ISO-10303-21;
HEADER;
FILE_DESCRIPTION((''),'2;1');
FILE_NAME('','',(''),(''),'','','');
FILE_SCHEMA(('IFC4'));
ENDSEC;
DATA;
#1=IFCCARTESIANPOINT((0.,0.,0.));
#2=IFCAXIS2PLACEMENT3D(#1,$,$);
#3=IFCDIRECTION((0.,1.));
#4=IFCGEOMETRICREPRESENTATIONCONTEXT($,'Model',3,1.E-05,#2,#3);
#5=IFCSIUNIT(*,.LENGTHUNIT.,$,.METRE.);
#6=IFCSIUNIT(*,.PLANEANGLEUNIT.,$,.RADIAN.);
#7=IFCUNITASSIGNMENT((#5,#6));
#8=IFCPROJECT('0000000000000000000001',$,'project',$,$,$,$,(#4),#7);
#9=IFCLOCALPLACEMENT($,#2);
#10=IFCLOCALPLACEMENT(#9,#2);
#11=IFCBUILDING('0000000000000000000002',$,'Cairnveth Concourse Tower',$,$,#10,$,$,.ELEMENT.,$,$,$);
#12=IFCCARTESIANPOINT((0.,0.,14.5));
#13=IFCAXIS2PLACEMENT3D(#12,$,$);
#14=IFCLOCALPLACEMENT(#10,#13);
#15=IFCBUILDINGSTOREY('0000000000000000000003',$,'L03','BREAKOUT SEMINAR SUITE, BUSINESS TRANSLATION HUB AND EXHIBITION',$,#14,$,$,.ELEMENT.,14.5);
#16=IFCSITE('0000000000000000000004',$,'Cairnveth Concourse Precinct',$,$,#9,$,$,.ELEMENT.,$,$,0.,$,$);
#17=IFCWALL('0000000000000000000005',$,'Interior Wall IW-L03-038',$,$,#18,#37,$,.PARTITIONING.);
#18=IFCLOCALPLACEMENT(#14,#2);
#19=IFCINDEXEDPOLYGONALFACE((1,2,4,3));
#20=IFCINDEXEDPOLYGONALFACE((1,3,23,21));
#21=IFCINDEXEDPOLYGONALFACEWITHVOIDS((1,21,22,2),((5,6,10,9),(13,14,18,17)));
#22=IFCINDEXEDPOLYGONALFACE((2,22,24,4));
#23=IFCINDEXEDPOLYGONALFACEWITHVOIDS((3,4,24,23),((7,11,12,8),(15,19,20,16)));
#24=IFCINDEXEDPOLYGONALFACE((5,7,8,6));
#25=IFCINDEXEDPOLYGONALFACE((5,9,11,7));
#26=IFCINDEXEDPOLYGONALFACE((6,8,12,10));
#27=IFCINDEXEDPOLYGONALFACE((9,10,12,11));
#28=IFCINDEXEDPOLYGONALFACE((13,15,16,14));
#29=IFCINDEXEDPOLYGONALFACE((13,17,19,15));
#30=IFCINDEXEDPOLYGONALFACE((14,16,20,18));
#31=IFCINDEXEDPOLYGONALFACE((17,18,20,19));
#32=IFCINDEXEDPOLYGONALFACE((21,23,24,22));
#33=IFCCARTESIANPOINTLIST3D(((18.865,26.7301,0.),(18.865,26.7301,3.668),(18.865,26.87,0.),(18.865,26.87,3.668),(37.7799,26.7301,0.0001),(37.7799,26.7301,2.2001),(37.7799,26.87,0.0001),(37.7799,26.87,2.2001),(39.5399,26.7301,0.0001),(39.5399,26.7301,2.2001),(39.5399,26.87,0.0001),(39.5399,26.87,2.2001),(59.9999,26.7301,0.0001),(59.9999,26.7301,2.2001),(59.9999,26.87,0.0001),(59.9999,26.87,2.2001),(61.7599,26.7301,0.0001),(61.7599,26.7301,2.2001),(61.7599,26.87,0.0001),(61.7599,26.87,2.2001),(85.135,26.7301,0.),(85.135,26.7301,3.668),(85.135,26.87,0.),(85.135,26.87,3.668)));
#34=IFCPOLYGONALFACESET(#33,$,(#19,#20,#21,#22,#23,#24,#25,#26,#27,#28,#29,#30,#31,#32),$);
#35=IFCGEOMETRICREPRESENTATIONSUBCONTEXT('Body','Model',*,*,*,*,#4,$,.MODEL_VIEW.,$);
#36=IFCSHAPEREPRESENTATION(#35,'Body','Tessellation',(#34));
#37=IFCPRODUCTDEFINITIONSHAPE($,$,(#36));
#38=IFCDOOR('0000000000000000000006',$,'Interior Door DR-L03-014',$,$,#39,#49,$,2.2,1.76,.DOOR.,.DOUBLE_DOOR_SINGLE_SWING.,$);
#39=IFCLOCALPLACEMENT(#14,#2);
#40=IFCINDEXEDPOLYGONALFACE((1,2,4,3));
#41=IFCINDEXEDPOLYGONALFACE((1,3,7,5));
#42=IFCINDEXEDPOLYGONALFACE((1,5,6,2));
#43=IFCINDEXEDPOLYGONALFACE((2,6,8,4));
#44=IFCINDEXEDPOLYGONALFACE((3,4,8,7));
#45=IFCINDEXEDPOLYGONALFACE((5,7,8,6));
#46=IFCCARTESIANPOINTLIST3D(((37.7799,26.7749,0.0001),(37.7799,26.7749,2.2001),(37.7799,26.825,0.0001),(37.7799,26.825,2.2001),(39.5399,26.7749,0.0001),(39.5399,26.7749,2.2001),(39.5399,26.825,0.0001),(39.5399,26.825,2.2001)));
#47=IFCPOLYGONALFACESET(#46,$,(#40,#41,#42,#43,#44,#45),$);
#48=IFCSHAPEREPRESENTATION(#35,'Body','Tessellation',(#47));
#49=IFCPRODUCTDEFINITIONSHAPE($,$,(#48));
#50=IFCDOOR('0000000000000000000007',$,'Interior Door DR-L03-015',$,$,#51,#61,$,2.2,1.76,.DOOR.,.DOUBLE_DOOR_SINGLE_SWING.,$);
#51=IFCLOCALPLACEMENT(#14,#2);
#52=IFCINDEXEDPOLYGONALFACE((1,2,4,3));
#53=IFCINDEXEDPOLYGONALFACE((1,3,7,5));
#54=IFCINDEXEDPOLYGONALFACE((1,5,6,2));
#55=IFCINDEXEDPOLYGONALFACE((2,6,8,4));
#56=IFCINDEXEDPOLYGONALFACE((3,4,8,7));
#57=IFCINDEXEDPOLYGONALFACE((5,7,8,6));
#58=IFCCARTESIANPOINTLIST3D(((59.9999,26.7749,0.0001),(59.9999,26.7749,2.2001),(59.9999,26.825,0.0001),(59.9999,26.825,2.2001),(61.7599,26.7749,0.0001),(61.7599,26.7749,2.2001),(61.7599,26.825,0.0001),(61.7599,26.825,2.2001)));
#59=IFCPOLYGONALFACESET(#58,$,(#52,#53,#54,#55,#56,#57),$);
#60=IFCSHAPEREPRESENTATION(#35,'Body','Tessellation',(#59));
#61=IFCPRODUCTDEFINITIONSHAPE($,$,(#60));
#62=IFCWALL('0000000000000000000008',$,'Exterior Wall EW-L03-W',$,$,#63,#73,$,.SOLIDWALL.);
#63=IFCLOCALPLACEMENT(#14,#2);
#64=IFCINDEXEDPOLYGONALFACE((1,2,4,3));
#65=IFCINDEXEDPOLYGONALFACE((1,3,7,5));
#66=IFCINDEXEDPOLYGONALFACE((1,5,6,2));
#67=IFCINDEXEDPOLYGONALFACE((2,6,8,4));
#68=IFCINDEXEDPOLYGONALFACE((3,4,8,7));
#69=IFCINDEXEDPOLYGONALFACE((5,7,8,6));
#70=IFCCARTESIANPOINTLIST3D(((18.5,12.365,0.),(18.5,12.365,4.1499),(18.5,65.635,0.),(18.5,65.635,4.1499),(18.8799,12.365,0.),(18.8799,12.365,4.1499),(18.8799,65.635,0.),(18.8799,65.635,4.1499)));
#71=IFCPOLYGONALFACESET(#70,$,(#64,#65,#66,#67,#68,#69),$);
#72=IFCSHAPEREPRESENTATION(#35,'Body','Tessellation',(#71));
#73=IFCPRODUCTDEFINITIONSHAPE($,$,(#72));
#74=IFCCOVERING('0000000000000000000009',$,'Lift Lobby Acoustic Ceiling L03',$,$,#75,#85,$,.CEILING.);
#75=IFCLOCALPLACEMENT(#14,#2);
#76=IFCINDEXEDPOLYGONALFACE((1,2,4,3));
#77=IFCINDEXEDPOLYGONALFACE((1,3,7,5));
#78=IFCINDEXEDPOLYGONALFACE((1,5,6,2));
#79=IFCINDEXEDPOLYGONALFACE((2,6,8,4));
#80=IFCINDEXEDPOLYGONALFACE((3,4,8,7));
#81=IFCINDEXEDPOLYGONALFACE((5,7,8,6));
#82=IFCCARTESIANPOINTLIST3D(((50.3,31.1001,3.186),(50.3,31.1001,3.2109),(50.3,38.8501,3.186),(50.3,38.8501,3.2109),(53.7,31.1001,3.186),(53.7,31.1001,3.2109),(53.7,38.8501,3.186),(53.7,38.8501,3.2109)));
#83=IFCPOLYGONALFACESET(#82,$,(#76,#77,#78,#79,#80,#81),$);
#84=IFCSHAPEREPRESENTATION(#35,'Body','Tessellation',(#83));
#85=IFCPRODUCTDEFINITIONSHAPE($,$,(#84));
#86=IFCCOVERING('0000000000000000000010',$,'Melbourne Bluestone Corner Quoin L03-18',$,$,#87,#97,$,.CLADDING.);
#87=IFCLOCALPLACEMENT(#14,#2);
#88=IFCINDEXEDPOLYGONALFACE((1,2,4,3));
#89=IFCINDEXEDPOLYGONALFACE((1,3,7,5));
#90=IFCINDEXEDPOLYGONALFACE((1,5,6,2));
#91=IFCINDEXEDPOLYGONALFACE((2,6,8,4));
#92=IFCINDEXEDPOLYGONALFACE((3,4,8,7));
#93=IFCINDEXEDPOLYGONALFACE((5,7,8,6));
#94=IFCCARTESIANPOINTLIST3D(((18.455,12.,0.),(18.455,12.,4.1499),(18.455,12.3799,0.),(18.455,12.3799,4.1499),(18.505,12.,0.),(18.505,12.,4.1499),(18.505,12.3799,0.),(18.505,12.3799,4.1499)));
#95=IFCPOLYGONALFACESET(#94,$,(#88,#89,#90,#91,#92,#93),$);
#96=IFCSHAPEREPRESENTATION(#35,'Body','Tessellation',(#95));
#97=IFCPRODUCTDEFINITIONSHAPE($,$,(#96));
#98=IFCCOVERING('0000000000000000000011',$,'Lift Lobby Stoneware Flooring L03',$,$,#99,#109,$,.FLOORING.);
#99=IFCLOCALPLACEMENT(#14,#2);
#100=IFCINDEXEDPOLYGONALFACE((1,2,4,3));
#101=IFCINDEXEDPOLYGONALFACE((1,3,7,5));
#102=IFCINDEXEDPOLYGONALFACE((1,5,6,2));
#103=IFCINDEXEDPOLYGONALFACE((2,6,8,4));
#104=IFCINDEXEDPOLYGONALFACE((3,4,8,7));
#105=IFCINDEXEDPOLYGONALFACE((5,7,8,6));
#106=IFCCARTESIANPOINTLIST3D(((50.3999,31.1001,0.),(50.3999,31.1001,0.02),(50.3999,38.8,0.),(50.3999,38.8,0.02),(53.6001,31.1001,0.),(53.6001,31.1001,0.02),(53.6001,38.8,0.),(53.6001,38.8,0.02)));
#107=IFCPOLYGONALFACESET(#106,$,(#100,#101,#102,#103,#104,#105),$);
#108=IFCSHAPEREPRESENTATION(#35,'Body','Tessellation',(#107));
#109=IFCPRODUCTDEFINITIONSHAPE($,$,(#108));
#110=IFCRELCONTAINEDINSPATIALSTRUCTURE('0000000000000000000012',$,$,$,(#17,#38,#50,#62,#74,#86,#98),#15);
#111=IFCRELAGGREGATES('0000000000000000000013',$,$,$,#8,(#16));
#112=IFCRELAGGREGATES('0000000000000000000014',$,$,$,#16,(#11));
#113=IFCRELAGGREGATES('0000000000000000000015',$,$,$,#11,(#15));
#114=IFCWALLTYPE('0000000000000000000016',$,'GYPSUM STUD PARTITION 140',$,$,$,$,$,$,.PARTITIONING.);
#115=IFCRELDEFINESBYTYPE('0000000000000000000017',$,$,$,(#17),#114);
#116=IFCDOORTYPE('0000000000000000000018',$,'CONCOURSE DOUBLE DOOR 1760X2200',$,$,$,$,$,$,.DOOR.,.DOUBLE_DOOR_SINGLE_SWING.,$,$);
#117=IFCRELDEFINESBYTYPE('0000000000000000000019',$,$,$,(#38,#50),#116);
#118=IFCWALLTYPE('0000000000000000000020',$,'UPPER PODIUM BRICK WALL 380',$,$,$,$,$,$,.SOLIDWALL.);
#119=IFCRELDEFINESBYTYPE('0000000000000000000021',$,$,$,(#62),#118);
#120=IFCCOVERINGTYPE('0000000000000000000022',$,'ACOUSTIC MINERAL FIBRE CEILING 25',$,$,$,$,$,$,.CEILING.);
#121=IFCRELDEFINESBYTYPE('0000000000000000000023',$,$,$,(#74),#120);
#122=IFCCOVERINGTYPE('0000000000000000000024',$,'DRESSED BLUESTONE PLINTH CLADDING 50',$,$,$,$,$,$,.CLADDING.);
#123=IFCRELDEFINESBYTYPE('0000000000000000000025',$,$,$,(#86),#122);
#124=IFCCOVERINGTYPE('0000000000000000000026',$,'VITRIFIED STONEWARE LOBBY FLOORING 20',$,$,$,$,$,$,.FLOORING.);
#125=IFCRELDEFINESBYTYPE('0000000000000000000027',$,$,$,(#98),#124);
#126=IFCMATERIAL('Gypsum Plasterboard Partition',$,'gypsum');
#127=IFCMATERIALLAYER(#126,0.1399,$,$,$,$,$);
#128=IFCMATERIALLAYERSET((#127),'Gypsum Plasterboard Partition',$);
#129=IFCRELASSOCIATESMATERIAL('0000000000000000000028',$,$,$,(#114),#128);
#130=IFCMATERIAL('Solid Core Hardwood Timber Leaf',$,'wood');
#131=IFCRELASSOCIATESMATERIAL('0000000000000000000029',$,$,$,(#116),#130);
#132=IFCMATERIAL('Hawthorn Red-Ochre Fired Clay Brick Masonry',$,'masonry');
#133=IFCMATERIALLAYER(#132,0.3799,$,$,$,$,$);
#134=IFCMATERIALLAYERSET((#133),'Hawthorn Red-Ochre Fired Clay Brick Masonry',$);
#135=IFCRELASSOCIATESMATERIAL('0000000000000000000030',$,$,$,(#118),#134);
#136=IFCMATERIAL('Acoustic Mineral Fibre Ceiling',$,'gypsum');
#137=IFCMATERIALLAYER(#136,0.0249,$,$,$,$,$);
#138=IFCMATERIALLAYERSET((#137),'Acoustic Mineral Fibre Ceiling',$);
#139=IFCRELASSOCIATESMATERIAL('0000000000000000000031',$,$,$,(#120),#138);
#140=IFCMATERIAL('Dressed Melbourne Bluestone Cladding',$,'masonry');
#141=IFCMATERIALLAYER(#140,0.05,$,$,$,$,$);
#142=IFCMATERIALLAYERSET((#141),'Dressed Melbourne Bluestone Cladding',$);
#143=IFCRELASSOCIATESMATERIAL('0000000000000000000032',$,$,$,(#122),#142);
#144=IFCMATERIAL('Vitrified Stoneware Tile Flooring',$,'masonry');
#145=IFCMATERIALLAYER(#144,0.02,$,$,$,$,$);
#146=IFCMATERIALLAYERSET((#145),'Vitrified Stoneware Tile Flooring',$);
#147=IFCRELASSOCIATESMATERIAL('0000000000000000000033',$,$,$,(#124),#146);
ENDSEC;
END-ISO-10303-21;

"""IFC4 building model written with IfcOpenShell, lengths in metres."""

from ifc_helpers import new_model, si_unit, direction, frame, frame_2d, origin, place, context, subcontext, project, spatial, polyline, rectangle, outline, extrude, material, layer, layer_set, type_object, element, fill, save


model = new_model("IFC4")

# Units and contexts
model_context = context("Model", 3, precision=1e-05, world=origin(), true_north=direction((0.0, 1.0)))
body_context = subcontext(model_context, "Body", "Model", "MODEL_VIEW")
ifc_project = project(units=[si_unit("LENGTHUNIT", "METRE"), si_unit("PLANEANGLEUNIT", "RADIAN")], contexts=[model_context])

# Site, building, storey
site_placement = place(None, origin())
site = spatial("IfcSite", under=ifc_project, at=site_placement, Name="Cairnveth Concourse Precinct", CompositionType="ELEMENT", RefElevation=0.0)
building_placement = place(site_placement, origin())
building = spatial("IfcBuilding", under=site, at=building_placement, Name="Cairnveth Concourse Tower", CompositionType="ELEMENT")
storey_placement = place(building_placement, frame((0.0, 0.0, 14.5)))
storey = spatial("IfcBuildingStorey", under=building, at=storey_placement, Name="L03", Description="BREAKOUT SEMINAR SUITE, BUSINESS TRANSLATION HUB AND EXHIBITION", CompositionType="ELEMENT", Elevation=14.5)

# Wall, openings, doors
ifc_material_1 = material(Name="Gypsum Plasterboard Partition", Category="gypsum")
ifc_layer_1 = layer(ifc_material_1, 0.1399)
ifc_layer_set_1 = layer_set([ifc_layer_1], Name="Gypsum Plasterboard Partition")
wall_type_1 = type_object("IfcWallType", Name="GYPSUM STUD PARTITION 140", PredefinedType="PARTITIONING", material=ifc_layer_set_1)
wall_1_placement = place(storey_placement, frame((18.865, 26.8, 0.0), z_axis=(0.0, 0.0, 1.0), x_axis=(1.0, 0.0, 0.0)))
wall_1 = element("IfcWall", 1, at=wall_1_placement, inside=storey, type_object=wall_type_1, Name="Interior Wall IW-L03-038", PredefinedType="PARTITIONING", context=body_context, shape_type="SweptSolid", body=[
    extrude(rectangle(XDim=66.27, YDim=0.1399, at=frame_2d((33.135, 0.0))), origin(), (0.0, 0.0, 1.0), 3.668),
])
opening_1_placement = place(wall_1_placement, frame((18.915, 0.0, 0.0)))
opening_1 = element("IfcOpeningElement", 2, at=opening_1_placement, cuts=wall_1, PredefinedType="OPENING", context=body_context, shape_type="SweptSolid", body=[
    extrude(rectangle(XDim=1.76, YDim=2.2, at=frame_2d((0.8799, 1.1001))), frame((0.0, 0.0798, 0.0), z_axis=(0.0, -1.0, 0.0), x_axis=(1.0, 0.0, 0.0)), (0.0, 0.0, 1.0), 0.1599),
])
opening_2_placement = place(wall_1_placement, frame((41.135, 0.0, 0.0)))
opening_2 = element("IfcOpeningElement", 3, at=opening_2_placement, cuts=wall_1, PredefinedType="OPENING", context=body_context, shape_type="SweptSolid", body=[
    extrude(rectangle(XDim=1.76, YDim=2.2, at=frame_2d((0.8799, 1.1001))), frame((0.0, 0.0798, 0.0), z_axis=(0.0, -1.0, 0.0), x_axis=(1.0, 0.0, 0.0)), (0.0, 0.0, 1.0), 0.1599),
])
ifc_material_2 = material(Name="Solid Core Hardwood Timber Leaf", Category="wood")
door_type = type_object("IfcDoorType", Name="CONCOURSE DOUBLE DOOR 1760X2200", OperationType="DOUBLE_DOOR_SINGLE_SWING", PredefinedType="DOOR", material=ifc_material_2)
door_1_placement = place(opening_1_placement, origin())
door_1 = element("IfcDoor", 4, at=door_1_placement, inside=storey, type_object=door_type, Name="Interior Door DR-L03-014", OperationType="DOUBLE_DOOR_SINGLE_SWING", OverallHeight=2.2, OverallWidth=1.76, PredefinedType="DOOR", context=body_context, shape_type="SweptSolid", body=[
    extrude(rectangle(XDim=1.76, YDim=2.2, at=frame_2d((0.8799, 1.1001))), frame((0.0, 0.0249, 0.0), z_axis=(0.0, -1.0, 0.0), x_axis=(1.0, 0.0, 0.0)), (0.0, 0.0, 1.0), 0.05),
])
fill(opening_1, door_1)
door_2_placement = place(opening_2_placement, origin())
door_2 = element("IfcDoor", 5, at=door_2_placement, inside=storey, type_object=door_type, Name="Interior Door DR-L03-015", OperationType="DOUBLE_DOOR_SINGLE_SWING", OverallHeight=2.2, OverallWidth=1.76, PredefinedType="DOOR", context=body_context, shape_type="SweptSolid", body=[
    extrude(rectangle(XDim=1.76, YDim=2.2, at=frame_2d((0.8799, 1.1001))), frame((0.0, 0.0249, 0.0), z_axis=(0.0, -1.0, 0.0), x_axis=(1.0, 0.0, 0.0)), (0.0, 0.0, 1.0), 0.05),
])
fill(opening_2, door_2)

# Wall
ifc_material_3 = material(Name="Hawthorn Red-Ochre Fired Clay Brick Masonry", Category="masonry")
ifc_layer_2 = layer(ifc_material_3, 0.3799)
ifc_layer_set_2 = layer_set([ifc_layer_2], Name="Hawthorn Red-Ochre Fired Clay Brick Masonry")
wall_type_2 = type_object("IfcWallType", Name="UPPER PODIUM BRICK WALL 380", PredefinedType="SOLIDWALL", material=ifc_layer_set_2)
wall_2_placement = place(storey_placement, frame((18.6899, 12.365, 0.0), z_axis=(0.0, 0.0, 1.0), x_axis=(0.0, 1.0, 0.0)))
element("IfcWall", 6, at=wall_2_placement, inside=storey, type_object=wall_type_2, Name="Exterior Wall EW-L03-W", PredefinedType="SOLIDWALL", context=body_context, shape_type="SweptSolid", body=[
    extrude(rectangle(XDim=53.27, YDim=0.3799, at=frame_2d((26.635, 0.0))), origin(), (0.0, 0.0, 1.0), 4.1499),
])

# Coverings
ifc_material_4 = material(Name="Acoustic Mineral Fibre Ceiling", Category="gypsum")
ifc_layer_3 = layer(ifc_material_4, 0.0249)
ifc_layer_set_3 = layer_set([ifc_layer_3], Name="Acoustic Mineral Fibre Ceiling")
covering_type_1 = type_object("IfcCoveringType", Name="ACOUSTIC MINERAL FIBRE CEILING 25", PredefinedType="CEILING", material=ifc_layer_set_3)
covering_1_placement = place(storey_placement, frame((0.0, 0.0, 3.186)))
element("IfcCovering", 7, at=covering_1_placement, inside=storey, type_object=covering_type_1, Name="Lift Lobby Acoustic Ceiling L03", PredefinedType="CEILING", context=body_context, shape_type="SweptSolid", body=[
    extrude(outline(polyline([(50.3, 31.1001), (53.7, 31.1001), (53.7, 38.8501), (50.3, 38.8501), (50.3, 31.1001)])), origin(), (0.0, 0.0, 1.0), 0.0249),
])
ifc_material_5 = material(Name="Dressed Melbourne Bluestone Cladding", Category="masonry")
ifc_layer_4 = layer(ifc_material_5, 0.05)
ifc_layer_set_4 = layer_set([ifc_layer_4], Name="Dressed Melbourne Bluestone Cladding")
covering_type_2 = type_object("IfcCoveringType", Name="DRESSED BLUESTONE PLINTH CLADDING 50", PredefinedType="CLADDING", material=ifc_layer_set_4)
covering_2_placement = place(storey_placement, frame((18.48, 12.3799, 0.0), z_axis=(0.0, 0.0, 1.0), x_axis=(0.0, -1.0, 0.0)))
element("IfcCovering", 8, at=covering_2_placement, inside=storey, type_object=covering_type_2, Name="Melbourne Bluestone Corner Quoin L03-18", PredefinedType="CLADDING", context=body_context, shape_type="SweptSolid", body=[
    extrude(rectangle(XDim=0.3799, YDim=0.05, at=frame_2d((0.1899, 0.0))), origin(), (0.0, 0.0, 1.0), 4.1499),
])
ifc_material_6 = material(Name="Vitrified Stoneware Tile Flooring", Category="masonry")
ifc_layer_5 = layer(ifc_material_6, 0.02)
ifc_layer_set_5 = layer_set([ifc_layer_5], Name="Vitrified Stoneware Tile Flooring")
covering_type_3 = type_object("IfcCoveringType", Name="VITRIFIED STONEWARE LOBBY FLOORING 20", PredefinedType="FLOORING", material=ifc_layer_set_5)
covering_3_placement = place(storey_placement, origin())
element("IfcCovering", 9, at=covering_3_placement, inside=storey, type_object=covering_type_3, Name="Lift Lobby Stoneware Flooring L03", PredefinedType="FLOORING", context=body_context, shape_type="SweptSolid", body=[
    extrude(outline(polyline([(50.3999, 31.1001), (53.6001, 31.1001), (53.6001, 38.8), (50.3999, 38.8), (50.3999, 31.1001)])), origin(), (0.0, 0.0, 1.0), 0.02),
])

save(model, "model.ifc")
